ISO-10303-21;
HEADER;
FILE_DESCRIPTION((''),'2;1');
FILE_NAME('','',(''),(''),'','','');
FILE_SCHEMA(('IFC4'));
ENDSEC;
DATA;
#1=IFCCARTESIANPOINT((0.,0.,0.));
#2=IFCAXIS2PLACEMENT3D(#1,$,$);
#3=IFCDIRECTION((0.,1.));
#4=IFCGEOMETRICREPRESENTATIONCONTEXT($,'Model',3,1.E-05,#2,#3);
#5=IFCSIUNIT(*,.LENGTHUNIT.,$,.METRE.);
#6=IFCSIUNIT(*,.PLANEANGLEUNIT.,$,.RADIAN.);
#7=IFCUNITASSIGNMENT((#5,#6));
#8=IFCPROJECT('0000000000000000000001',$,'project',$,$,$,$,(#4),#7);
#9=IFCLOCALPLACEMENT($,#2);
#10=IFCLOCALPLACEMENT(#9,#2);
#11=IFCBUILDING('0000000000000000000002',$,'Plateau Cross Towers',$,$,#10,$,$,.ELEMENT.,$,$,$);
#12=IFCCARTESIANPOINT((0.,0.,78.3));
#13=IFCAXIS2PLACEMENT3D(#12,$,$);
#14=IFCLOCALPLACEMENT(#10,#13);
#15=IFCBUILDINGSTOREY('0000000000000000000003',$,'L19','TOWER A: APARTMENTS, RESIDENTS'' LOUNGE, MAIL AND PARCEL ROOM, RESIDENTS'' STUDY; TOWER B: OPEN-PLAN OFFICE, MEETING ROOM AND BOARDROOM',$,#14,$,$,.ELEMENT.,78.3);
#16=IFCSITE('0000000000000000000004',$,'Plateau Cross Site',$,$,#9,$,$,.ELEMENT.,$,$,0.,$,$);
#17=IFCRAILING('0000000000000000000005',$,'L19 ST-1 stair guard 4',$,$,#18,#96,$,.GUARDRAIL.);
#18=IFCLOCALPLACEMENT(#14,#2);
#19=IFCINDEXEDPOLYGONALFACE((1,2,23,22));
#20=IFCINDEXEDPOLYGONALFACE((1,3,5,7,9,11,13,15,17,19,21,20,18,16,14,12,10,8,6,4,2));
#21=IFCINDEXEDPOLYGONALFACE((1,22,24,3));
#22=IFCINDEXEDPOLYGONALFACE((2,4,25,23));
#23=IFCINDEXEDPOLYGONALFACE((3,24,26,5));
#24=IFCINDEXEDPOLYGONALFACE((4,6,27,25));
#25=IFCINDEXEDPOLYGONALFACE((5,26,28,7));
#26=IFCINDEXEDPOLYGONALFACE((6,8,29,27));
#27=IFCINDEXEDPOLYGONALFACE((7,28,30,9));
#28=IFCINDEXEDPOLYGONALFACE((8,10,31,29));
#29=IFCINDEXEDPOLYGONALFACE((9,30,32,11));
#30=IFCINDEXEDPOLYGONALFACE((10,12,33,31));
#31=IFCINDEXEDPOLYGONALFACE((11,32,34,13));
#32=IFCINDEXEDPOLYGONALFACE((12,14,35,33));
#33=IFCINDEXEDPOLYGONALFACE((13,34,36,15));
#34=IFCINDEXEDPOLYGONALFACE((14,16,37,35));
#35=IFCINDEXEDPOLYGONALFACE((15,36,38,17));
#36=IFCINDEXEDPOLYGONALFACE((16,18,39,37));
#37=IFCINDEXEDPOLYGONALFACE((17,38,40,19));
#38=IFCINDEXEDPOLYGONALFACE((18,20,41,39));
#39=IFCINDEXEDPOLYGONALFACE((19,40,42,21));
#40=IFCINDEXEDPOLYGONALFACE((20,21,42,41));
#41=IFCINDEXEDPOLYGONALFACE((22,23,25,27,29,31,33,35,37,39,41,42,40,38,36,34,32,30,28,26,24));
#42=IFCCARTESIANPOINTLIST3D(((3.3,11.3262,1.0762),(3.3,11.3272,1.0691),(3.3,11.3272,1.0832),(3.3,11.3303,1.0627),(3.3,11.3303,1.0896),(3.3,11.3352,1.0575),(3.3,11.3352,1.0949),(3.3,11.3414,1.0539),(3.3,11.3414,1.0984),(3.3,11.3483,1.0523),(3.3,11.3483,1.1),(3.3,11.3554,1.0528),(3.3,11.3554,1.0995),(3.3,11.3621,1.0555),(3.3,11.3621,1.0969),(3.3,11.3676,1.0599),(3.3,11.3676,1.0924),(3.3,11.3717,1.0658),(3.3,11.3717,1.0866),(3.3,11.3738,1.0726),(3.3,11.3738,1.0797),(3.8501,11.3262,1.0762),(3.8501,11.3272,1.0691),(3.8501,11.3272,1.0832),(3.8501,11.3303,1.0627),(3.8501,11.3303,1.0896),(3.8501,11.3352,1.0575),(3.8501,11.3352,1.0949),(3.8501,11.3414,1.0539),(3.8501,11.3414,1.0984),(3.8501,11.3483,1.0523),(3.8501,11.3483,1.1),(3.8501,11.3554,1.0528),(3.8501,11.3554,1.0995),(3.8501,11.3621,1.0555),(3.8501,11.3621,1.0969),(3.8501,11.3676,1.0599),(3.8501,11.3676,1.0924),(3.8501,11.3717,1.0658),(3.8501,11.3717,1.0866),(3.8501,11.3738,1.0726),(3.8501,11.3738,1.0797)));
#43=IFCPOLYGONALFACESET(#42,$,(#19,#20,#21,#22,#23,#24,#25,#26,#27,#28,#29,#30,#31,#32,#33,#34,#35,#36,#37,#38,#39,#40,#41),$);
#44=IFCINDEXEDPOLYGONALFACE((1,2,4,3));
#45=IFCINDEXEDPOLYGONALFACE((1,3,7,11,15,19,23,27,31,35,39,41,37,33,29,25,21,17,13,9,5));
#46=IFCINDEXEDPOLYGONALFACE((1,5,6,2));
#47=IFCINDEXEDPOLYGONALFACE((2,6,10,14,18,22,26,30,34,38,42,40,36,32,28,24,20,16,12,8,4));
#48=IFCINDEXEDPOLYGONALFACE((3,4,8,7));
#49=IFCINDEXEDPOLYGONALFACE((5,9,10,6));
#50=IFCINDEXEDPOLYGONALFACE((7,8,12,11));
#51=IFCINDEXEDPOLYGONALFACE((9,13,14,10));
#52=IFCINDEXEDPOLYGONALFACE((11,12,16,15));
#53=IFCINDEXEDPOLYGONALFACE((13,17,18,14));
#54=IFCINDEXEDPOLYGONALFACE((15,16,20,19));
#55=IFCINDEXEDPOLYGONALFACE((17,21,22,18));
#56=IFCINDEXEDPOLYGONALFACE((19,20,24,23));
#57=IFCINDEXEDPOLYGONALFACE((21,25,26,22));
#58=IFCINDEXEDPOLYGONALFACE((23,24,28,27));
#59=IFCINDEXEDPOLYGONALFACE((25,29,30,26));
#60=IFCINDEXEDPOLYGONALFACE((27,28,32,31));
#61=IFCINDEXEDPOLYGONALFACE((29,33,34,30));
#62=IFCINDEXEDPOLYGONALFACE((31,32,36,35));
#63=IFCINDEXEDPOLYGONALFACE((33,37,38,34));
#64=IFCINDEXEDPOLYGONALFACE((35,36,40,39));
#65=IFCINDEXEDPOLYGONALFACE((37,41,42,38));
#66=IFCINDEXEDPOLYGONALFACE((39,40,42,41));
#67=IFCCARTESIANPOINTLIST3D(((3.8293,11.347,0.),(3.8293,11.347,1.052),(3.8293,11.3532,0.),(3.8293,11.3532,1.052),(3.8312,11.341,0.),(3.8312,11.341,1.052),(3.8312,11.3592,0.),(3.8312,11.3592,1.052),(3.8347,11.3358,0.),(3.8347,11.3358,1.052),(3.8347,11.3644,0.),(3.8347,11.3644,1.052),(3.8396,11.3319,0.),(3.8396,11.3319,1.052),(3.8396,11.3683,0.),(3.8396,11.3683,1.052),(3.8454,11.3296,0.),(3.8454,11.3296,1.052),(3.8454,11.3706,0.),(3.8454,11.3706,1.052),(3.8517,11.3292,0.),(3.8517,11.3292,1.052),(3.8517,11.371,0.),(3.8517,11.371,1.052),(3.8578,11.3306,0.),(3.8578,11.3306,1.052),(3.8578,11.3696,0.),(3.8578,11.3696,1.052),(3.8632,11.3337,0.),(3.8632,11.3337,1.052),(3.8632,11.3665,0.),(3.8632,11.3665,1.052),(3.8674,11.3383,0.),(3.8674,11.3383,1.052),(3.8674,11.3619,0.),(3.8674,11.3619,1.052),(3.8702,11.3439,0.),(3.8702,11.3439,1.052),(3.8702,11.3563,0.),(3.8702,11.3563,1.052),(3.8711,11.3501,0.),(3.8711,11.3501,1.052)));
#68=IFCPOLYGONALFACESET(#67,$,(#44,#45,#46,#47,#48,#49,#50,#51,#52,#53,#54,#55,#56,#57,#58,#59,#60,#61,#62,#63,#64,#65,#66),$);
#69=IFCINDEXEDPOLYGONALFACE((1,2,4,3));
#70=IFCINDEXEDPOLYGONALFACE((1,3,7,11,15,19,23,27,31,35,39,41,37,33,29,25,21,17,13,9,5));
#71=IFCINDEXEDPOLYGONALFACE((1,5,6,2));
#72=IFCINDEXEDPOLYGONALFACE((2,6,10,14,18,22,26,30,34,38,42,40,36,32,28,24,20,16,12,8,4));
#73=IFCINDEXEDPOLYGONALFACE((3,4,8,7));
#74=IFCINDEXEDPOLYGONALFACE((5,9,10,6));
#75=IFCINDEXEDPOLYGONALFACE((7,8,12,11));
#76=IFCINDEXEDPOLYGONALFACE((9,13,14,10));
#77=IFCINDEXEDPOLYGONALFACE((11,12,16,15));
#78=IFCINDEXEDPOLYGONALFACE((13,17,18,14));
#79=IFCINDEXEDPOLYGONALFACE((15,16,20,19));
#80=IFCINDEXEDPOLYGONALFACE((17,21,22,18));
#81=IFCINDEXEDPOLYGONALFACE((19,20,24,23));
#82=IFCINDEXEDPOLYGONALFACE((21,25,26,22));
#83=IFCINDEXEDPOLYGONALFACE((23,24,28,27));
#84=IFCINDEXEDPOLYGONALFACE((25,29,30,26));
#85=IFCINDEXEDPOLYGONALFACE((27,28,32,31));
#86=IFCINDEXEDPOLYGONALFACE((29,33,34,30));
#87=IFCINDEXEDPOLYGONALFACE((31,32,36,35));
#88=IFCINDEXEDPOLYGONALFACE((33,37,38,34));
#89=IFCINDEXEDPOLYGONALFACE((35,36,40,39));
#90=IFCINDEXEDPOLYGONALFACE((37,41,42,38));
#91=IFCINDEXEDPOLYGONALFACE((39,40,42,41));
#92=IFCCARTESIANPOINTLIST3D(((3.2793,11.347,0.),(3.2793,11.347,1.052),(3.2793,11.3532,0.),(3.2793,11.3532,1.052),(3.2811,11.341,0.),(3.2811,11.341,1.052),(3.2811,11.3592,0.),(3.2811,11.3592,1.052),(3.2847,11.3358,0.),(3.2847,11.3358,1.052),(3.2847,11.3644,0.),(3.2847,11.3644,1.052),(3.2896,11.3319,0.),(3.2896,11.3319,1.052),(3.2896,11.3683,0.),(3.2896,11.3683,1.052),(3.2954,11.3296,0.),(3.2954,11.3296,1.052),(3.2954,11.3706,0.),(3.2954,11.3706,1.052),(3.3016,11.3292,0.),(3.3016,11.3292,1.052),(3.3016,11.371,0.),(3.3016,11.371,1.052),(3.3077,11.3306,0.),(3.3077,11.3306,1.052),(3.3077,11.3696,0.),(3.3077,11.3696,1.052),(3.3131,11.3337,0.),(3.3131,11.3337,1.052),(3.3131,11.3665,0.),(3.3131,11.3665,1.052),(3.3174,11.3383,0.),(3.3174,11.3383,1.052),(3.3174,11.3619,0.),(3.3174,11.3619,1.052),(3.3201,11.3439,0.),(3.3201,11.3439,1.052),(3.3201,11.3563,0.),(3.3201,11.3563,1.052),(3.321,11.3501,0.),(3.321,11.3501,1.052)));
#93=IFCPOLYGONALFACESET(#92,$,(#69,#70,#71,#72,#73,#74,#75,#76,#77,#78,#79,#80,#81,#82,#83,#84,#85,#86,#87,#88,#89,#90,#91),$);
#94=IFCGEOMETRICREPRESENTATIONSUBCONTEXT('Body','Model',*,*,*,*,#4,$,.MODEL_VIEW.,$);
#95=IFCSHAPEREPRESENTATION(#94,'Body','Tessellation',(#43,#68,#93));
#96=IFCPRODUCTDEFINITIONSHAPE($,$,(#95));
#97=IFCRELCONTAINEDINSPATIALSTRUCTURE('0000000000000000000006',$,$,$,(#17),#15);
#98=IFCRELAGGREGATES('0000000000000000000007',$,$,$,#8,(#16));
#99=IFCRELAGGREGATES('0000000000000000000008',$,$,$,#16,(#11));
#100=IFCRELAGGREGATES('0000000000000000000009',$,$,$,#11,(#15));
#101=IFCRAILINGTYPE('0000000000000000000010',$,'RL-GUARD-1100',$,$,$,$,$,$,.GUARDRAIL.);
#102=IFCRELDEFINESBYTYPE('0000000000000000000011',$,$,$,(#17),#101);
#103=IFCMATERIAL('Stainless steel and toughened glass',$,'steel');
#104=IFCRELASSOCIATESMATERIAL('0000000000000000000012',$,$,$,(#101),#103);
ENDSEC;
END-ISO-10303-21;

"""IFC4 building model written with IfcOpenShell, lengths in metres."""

from ifc_helpers import new_model, si_unit, direction, frame, origin, origin_2d, place, context, subcontext, project, spatial, circle, extrude, material, type_object, element, save


model = new_model("IFC4")

# Units and contexts
model_context = context("Model", 3, precision=1e-05, world=origin(), true_north=direction((0.0, 1.0)))
body_context = subcontext(model_context, "Body", "Model", "MODEL_VIEW")
ifc_project = project(units=[si_unit("LENGTHUNIT", "METRE"), si_unit("PLANEANGLEUNIT", "RADIAN")], contexts=[model_context])

# Site, building, storey
site_placement = place(None, origin())
site = spatial("IfcSite", under=ifc_project, at=site_placement, Name="Plateau Cross Site", CompositionType="ELEMENT", RefElevation=0.0)
building_placement = place(site_placement, origin())
building = spatial("IfcBuilding", under=site, at=building_placement, Name="Plateau Cross Towers", CompositionType="ELEMENT")
storey_placement = place(building_placement, frame((0.0, 0.0, 78.3)))
storey = spatial("IfcBuildingStorey", under=building, at=storey_placement, Name="L19", Description="TOWER A: APARTMENTS, RESIDENTS' LOUNGE, MAIL AND PARCEL ROOM, RESIDENTS' STUDY; TOWER B: OPEN-PLAN OFFICE, MEETING ROOM AND BOARDROOM", CompositionType="ELEMENT", Elevation=78.3)

# Railing
ifc_material_1 = material(Name="Stainless steel and toughened glass", Category="steel")
railing_type_1 = type_object("IfcRailingType", Name="RL-GUARD-1100", PredefinedType="GUARDRAIL", material=ifc_material_1)
railing_1_placement = place(storey_placement, frame((3.8501, 11.3501, 0.0)))
element("IfcRailing", 1, at=railing_1_placement, inside=storey, type_object=railing_type_1, Name="L19 ST-1 stair guard 4", PredefinedType="GUARDRAIL", context=body_context, shape_type="SweptSolid", body=[
    extrude(circle(Radius=0.0239, at=origin_2d()), frame((0.0, 0.0, 1.0762), z_axis=(-1.0, 0.0, 0.0), x_axis=(0.0, -1.0, 0.0)), (0.0, 0.0, 1.0), 0.55),
    extrude(circle(Radius=0.021, at=origin_2d()), origin(), (0.0, 0.0, 1.0), 1.052),
    extrude(circle(Radius=0.021, at=origin_2d()), frame((-0.55, 0.0, 0.0)), (0.0, 0.0, 1.0), 1.052),
])

save(model, "model.ifc")
